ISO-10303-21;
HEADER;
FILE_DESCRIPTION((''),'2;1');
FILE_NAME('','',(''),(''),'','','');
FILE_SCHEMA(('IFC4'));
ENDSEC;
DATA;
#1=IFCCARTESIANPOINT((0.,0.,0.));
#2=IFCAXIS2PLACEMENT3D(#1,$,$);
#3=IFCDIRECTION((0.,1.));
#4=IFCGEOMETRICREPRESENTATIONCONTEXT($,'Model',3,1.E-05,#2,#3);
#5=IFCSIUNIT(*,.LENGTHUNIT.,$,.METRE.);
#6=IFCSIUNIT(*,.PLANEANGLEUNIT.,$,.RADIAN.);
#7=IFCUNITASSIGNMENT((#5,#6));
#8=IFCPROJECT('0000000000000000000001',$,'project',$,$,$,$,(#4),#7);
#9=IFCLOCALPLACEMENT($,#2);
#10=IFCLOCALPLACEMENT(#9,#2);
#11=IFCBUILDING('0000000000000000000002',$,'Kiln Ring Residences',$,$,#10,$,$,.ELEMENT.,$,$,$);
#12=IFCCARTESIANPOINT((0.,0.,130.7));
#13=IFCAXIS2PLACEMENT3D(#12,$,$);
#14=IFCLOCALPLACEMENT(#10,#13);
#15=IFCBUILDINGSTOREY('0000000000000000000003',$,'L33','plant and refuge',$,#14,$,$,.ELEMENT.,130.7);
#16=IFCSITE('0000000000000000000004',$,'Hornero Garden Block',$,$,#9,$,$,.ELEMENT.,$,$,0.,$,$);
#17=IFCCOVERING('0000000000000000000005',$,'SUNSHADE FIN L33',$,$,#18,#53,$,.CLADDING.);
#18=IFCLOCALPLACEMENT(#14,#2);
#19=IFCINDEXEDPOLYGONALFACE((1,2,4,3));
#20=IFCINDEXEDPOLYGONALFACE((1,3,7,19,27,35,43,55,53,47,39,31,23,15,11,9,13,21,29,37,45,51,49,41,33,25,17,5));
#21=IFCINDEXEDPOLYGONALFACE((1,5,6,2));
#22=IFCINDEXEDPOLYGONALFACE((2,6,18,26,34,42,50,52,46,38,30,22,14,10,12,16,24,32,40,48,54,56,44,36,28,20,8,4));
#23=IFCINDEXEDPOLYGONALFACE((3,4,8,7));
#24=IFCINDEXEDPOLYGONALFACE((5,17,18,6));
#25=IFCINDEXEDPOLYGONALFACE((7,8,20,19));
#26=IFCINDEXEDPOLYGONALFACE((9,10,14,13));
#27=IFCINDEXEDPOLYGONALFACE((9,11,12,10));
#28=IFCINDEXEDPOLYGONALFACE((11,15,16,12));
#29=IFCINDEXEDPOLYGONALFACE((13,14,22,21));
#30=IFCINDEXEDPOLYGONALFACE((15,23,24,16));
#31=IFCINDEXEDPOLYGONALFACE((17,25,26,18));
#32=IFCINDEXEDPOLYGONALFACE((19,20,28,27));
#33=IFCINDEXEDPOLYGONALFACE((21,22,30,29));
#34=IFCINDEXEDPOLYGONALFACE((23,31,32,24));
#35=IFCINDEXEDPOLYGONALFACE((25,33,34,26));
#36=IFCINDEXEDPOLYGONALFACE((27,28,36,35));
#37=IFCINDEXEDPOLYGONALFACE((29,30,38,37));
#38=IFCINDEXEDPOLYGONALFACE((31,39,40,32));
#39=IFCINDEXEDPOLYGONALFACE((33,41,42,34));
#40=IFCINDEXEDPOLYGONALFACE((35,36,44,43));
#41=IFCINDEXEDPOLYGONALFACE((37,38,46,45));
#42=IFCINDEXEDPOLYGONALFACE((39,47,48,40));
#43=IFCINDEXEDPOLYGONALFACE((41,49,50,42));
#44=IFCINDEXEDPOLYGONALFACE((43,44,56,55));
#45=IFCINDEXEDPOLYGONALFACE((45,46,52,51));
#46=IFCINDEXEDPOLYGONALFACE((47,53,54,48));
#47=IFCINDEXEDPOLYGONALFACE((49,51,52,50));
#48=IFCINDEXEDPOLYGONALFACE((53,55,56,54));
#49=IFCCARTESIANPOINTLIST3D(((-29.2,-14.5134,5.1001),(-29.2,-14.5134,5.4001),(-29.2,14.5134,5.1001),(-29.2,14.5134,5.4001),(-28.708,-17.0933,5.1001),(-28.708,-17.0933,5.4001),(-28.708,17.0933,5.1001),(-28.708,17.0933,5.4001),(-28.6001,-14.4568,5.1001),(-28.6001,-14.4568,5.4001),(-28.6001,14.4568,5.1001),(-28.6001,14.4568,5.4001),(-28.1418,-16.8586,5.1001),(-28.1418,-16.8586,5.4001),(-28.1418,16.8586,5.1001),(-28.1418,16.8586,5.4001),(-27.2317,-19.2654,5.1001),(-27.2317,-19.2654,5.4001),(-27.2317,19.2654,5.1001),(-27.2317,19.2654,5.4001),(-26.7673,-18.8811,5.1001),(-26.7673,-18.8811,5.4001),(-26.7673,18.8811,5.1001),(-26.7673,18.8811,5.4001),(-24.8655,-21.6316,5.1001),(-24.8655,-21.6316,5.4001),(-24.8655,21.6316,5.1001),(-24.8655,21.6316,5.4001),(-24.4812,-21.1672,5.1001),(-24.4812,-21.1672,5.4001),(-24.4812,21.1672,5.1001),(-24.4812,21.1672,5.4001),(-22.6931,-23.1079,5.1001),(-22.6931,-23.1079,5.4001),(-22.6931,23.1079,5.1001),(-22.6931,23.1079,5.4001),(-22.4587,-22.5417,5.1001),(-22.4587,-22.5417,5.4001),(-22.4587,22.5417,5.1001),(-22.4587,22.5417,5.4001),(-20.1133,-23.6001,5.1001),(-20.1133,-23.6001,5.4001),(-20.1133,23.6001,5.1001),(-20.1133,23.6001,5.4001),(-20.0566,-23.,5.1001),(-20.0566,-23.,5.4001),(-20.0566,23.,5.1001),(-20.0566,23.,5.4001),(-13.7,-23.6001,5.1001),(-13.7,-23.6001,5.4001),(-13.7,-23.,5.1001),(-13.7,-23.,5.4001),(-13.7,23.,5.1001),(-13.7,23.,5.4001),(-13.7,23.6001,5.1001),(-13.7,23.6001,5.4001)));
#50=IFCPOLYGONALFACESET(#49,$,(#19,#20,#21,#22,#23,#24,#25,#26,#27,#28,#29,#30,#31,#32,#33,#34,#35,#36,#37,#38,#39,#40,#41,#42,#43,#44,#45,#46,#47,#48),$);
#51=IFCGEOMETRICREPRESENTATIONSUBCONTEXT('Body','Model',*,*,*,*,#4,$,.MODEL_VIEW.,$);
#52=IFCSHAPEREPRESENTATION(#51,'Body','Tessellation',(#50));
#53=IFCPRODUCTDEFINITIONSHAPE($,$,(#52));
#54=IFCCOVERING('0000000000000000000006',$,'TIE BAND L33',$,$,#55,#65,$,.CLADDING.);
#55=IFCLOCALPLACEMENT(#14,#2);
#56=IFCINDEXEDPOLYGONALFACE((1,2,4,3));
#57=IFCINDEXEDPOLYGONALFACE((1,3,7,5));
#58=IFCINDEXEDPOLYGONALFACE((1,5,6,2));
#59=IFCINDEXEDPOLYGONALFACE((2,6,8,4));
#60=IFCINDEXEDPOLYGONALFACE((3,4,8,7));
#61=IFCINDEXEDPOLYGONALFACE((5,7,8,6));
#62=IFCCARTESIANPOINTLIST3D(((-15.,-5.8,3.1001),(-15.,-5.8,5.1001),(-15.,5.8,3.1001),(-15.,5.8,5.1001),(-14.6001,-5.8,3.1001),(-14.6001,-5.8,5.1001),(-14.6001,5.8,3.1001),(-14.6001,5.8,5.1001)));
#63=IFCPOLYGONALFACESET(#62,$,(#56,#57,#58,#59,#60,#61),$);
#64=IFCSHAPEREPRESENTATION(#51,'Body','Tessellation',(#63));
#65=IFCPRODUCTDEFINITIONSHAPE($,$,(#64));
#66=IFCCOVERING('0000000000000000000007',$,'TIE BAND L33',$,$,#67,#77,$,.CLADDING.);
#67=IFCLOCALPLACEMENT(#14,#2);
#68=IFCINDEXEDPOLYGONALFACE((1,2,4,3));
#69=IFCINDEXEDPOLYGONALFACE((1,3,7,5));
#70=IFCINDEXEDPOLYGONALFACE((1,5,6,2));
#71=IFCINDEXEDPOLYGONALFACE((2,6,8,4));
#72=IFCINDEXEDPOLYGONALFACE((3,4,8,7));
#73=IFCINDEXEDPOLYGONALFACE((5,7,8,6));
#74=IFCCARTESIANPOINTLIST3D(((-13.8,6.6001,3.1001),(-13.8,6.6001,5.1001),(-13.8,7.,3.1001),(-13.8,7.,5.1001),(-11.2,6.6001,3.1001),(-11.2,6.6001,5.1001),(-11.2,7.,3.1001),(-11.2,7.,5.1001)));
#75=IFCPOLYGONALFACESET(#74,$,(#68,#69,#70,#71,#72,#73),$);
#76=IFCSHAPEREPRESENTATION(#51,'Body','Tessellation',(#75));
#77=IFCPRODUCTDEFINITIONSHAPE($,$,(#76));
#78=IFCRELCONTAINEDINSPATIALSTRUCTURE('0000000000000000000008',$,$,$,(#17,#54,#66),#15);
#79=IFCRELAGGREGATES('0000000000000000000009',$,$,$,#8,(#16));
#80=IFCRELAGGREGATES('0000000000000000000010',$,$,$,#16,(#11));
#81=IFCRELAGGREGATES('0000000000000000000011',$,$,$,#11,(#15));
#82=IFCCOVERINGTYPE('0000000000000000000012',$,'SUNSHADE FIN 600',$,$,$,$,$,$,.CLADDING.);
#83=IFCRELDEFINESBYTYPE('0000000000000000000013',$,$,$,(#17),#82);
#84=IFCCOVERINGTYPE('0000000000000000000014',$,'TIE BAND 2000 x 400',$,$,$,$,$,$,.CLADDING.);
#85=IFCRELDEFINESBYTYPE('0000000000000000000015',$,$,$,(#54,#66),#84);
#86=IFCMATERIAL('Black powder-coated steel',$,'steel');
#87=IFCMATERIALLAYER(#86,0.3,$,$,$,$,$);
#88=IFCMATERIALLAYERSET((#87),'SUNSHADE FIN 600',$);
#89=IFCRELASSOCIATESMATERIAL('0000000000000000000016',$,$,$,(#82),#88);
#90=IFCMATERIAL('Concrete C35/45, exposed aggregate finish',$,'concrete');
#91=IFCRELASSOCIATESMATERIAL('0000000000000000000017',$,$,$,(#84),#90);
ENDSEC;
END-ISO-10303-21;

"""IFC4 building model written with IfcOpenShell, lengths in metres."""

from ifc_helpers import new_model, si_unit, direction, frame, origin, origin_2d, place, context, subcontext, project, spatial, polyline, rectangle, outline, extrude, material, layer, layer_set, type_object, element, save


model = new_model("IFC4")

# Units and contexts
model_context = context("Model", 3, precision=1e-05, world=origin(), true_north=direction((0.0, 1.0)))
body_context = subcontext(model_context, "Body", "Model", "MODEL_VIEW")
ifc_project = project(units=[si_unit("LENGTHUNIT", "METRE"), si_unit("PLANEANGLEUNIT", "RADIAN")], contexts=[model_context])

# Site, building, storey
site_placement = place(None, origin())
site = spatial("IfcSite", under=ifc_project, at=site_placement, Name="Hornero Garden Block", CompositionType="ELEMENT", RefElevation=0.0)
building_placement = place(site_placement, origin())
building = spatial("IfcBuilding", under=site, at=building_placement, Name="Kiln Ring Residences", CompositionType="ELEMENT")
storey_placement = place(building_placement, frame((0.0, 0.0, 130.7)))
storey = spatial("IfcBuildingStorey", under=building, at=storey_placement, Name="L33", Description="plant and refuge", CompositionType="ELEMENT", Elevation=130.7)

# Coverings
ifc_material_1 = material(Name="Black powder-coated steel", Category="steel")
ifc_layer_1 = layer(ifc_material_1, 0.3)
ifc_layer_set_1 = layer_set([ifc_layer_1], Name="SUNSHADE FIN 600")
covering_type_1 = type_object("IfcCoveringType", Name="SUNSHADE FIN 600", PredefinedType="CLADDING", material=ifc_layer_set_1)
covering_1_placement = place(storey_placement, frame((0.0, 0.0, 5.1001)))
element("IfcCovering", 1, at=covering_1_placement, inside=storey, type_object=covering_type_1, Name="SUNSHADE FIN L33", PredefinedType="CLADDING", context=body_context, shape_type="SweptSolid", body=[
    extrude(outline(polyline([(-28.708, 17.0933), (-29.2, 14.5134), (-29.2, -14.5134), (-28.708, -17.0933), (-27.2317, -19.2654), (-24.8655, -21.6316), (-22.6931, -23.1079), (-20.1133, -23.6001), (-13.7, -23.6001), (-13.7, -23.0), (-20.0566, -23.0), (-22.4587, -22.5417), (-24.4812, -21.1672), (-26.7673, -18.8811), (-28.1418, -16.8586), (-28.6001, -14.4568), (-28.6001, 14.4568), (-28.1418, 16.8586), (-26.7673, 18.8811), (-24.4812, 21.1672), (-22.4587, 22.5417), (-20.0566, 23.0), (-13.7, 23.0), (-13.7, 23.6001), (-20.1133, 23.6001), (-22.6931, 23.1079), (-24.8655, 21.6316), (-27.2317, 19.2654), (-28.708, 17.0933)])), origin(), (0.0, 0.0, 1.0), 0.3),
])
ifc_material_2 = material(Name="Concrete C35/45, exposed aggregate finish", Category="concrete")
covering_type_2 = type_object("IfcCoveringType", Name="TIE BAND 2000 x 400", PredefinedType="CLADDING", material=ifc_material_2)
covering_2_placement = place(storey_placement, frame((-14.8, 0.0, 3.1001), z_axis=(0.0, 0.0, 1.0), x_axis=(0.0, 1.0, 0.0)))
element("IfcCovering", 2, at=covering_2_placement, inside=storey, type_object=covering_type_2, Name="TIE BAND L33", PredefinedType="CLADDING", context=body_context, shape_type="SweptSolid", body=[
    extrude(rectangle(XDim=11.6001, YDim=0.3999, at=origin_2d()), origin(), (0.0, 0.0, 1.0), 2.0),
])
covering_3_placement = place(storey_placement, frame((-12.5, 6.8, 3.1001), z_axis=(0.0, 0.0, 1.0), x_axis=(1.0, 0.0, 0.0)))
element("IfcCovering", 3, at=covering_3_placement, inside=storey, type_object=covering_type_2, Name="TIE BAND L33", PredefinedType="CLADDING", context=body_context, shape_type="SweptSolid", body=[
    extrude(rectangle(XDim=2.6001, YDim=0.3999, at=origin_2d()), origin(), (0.0, 0.0, 1.0), 2.0),
])

save(model, "model.ifc")
